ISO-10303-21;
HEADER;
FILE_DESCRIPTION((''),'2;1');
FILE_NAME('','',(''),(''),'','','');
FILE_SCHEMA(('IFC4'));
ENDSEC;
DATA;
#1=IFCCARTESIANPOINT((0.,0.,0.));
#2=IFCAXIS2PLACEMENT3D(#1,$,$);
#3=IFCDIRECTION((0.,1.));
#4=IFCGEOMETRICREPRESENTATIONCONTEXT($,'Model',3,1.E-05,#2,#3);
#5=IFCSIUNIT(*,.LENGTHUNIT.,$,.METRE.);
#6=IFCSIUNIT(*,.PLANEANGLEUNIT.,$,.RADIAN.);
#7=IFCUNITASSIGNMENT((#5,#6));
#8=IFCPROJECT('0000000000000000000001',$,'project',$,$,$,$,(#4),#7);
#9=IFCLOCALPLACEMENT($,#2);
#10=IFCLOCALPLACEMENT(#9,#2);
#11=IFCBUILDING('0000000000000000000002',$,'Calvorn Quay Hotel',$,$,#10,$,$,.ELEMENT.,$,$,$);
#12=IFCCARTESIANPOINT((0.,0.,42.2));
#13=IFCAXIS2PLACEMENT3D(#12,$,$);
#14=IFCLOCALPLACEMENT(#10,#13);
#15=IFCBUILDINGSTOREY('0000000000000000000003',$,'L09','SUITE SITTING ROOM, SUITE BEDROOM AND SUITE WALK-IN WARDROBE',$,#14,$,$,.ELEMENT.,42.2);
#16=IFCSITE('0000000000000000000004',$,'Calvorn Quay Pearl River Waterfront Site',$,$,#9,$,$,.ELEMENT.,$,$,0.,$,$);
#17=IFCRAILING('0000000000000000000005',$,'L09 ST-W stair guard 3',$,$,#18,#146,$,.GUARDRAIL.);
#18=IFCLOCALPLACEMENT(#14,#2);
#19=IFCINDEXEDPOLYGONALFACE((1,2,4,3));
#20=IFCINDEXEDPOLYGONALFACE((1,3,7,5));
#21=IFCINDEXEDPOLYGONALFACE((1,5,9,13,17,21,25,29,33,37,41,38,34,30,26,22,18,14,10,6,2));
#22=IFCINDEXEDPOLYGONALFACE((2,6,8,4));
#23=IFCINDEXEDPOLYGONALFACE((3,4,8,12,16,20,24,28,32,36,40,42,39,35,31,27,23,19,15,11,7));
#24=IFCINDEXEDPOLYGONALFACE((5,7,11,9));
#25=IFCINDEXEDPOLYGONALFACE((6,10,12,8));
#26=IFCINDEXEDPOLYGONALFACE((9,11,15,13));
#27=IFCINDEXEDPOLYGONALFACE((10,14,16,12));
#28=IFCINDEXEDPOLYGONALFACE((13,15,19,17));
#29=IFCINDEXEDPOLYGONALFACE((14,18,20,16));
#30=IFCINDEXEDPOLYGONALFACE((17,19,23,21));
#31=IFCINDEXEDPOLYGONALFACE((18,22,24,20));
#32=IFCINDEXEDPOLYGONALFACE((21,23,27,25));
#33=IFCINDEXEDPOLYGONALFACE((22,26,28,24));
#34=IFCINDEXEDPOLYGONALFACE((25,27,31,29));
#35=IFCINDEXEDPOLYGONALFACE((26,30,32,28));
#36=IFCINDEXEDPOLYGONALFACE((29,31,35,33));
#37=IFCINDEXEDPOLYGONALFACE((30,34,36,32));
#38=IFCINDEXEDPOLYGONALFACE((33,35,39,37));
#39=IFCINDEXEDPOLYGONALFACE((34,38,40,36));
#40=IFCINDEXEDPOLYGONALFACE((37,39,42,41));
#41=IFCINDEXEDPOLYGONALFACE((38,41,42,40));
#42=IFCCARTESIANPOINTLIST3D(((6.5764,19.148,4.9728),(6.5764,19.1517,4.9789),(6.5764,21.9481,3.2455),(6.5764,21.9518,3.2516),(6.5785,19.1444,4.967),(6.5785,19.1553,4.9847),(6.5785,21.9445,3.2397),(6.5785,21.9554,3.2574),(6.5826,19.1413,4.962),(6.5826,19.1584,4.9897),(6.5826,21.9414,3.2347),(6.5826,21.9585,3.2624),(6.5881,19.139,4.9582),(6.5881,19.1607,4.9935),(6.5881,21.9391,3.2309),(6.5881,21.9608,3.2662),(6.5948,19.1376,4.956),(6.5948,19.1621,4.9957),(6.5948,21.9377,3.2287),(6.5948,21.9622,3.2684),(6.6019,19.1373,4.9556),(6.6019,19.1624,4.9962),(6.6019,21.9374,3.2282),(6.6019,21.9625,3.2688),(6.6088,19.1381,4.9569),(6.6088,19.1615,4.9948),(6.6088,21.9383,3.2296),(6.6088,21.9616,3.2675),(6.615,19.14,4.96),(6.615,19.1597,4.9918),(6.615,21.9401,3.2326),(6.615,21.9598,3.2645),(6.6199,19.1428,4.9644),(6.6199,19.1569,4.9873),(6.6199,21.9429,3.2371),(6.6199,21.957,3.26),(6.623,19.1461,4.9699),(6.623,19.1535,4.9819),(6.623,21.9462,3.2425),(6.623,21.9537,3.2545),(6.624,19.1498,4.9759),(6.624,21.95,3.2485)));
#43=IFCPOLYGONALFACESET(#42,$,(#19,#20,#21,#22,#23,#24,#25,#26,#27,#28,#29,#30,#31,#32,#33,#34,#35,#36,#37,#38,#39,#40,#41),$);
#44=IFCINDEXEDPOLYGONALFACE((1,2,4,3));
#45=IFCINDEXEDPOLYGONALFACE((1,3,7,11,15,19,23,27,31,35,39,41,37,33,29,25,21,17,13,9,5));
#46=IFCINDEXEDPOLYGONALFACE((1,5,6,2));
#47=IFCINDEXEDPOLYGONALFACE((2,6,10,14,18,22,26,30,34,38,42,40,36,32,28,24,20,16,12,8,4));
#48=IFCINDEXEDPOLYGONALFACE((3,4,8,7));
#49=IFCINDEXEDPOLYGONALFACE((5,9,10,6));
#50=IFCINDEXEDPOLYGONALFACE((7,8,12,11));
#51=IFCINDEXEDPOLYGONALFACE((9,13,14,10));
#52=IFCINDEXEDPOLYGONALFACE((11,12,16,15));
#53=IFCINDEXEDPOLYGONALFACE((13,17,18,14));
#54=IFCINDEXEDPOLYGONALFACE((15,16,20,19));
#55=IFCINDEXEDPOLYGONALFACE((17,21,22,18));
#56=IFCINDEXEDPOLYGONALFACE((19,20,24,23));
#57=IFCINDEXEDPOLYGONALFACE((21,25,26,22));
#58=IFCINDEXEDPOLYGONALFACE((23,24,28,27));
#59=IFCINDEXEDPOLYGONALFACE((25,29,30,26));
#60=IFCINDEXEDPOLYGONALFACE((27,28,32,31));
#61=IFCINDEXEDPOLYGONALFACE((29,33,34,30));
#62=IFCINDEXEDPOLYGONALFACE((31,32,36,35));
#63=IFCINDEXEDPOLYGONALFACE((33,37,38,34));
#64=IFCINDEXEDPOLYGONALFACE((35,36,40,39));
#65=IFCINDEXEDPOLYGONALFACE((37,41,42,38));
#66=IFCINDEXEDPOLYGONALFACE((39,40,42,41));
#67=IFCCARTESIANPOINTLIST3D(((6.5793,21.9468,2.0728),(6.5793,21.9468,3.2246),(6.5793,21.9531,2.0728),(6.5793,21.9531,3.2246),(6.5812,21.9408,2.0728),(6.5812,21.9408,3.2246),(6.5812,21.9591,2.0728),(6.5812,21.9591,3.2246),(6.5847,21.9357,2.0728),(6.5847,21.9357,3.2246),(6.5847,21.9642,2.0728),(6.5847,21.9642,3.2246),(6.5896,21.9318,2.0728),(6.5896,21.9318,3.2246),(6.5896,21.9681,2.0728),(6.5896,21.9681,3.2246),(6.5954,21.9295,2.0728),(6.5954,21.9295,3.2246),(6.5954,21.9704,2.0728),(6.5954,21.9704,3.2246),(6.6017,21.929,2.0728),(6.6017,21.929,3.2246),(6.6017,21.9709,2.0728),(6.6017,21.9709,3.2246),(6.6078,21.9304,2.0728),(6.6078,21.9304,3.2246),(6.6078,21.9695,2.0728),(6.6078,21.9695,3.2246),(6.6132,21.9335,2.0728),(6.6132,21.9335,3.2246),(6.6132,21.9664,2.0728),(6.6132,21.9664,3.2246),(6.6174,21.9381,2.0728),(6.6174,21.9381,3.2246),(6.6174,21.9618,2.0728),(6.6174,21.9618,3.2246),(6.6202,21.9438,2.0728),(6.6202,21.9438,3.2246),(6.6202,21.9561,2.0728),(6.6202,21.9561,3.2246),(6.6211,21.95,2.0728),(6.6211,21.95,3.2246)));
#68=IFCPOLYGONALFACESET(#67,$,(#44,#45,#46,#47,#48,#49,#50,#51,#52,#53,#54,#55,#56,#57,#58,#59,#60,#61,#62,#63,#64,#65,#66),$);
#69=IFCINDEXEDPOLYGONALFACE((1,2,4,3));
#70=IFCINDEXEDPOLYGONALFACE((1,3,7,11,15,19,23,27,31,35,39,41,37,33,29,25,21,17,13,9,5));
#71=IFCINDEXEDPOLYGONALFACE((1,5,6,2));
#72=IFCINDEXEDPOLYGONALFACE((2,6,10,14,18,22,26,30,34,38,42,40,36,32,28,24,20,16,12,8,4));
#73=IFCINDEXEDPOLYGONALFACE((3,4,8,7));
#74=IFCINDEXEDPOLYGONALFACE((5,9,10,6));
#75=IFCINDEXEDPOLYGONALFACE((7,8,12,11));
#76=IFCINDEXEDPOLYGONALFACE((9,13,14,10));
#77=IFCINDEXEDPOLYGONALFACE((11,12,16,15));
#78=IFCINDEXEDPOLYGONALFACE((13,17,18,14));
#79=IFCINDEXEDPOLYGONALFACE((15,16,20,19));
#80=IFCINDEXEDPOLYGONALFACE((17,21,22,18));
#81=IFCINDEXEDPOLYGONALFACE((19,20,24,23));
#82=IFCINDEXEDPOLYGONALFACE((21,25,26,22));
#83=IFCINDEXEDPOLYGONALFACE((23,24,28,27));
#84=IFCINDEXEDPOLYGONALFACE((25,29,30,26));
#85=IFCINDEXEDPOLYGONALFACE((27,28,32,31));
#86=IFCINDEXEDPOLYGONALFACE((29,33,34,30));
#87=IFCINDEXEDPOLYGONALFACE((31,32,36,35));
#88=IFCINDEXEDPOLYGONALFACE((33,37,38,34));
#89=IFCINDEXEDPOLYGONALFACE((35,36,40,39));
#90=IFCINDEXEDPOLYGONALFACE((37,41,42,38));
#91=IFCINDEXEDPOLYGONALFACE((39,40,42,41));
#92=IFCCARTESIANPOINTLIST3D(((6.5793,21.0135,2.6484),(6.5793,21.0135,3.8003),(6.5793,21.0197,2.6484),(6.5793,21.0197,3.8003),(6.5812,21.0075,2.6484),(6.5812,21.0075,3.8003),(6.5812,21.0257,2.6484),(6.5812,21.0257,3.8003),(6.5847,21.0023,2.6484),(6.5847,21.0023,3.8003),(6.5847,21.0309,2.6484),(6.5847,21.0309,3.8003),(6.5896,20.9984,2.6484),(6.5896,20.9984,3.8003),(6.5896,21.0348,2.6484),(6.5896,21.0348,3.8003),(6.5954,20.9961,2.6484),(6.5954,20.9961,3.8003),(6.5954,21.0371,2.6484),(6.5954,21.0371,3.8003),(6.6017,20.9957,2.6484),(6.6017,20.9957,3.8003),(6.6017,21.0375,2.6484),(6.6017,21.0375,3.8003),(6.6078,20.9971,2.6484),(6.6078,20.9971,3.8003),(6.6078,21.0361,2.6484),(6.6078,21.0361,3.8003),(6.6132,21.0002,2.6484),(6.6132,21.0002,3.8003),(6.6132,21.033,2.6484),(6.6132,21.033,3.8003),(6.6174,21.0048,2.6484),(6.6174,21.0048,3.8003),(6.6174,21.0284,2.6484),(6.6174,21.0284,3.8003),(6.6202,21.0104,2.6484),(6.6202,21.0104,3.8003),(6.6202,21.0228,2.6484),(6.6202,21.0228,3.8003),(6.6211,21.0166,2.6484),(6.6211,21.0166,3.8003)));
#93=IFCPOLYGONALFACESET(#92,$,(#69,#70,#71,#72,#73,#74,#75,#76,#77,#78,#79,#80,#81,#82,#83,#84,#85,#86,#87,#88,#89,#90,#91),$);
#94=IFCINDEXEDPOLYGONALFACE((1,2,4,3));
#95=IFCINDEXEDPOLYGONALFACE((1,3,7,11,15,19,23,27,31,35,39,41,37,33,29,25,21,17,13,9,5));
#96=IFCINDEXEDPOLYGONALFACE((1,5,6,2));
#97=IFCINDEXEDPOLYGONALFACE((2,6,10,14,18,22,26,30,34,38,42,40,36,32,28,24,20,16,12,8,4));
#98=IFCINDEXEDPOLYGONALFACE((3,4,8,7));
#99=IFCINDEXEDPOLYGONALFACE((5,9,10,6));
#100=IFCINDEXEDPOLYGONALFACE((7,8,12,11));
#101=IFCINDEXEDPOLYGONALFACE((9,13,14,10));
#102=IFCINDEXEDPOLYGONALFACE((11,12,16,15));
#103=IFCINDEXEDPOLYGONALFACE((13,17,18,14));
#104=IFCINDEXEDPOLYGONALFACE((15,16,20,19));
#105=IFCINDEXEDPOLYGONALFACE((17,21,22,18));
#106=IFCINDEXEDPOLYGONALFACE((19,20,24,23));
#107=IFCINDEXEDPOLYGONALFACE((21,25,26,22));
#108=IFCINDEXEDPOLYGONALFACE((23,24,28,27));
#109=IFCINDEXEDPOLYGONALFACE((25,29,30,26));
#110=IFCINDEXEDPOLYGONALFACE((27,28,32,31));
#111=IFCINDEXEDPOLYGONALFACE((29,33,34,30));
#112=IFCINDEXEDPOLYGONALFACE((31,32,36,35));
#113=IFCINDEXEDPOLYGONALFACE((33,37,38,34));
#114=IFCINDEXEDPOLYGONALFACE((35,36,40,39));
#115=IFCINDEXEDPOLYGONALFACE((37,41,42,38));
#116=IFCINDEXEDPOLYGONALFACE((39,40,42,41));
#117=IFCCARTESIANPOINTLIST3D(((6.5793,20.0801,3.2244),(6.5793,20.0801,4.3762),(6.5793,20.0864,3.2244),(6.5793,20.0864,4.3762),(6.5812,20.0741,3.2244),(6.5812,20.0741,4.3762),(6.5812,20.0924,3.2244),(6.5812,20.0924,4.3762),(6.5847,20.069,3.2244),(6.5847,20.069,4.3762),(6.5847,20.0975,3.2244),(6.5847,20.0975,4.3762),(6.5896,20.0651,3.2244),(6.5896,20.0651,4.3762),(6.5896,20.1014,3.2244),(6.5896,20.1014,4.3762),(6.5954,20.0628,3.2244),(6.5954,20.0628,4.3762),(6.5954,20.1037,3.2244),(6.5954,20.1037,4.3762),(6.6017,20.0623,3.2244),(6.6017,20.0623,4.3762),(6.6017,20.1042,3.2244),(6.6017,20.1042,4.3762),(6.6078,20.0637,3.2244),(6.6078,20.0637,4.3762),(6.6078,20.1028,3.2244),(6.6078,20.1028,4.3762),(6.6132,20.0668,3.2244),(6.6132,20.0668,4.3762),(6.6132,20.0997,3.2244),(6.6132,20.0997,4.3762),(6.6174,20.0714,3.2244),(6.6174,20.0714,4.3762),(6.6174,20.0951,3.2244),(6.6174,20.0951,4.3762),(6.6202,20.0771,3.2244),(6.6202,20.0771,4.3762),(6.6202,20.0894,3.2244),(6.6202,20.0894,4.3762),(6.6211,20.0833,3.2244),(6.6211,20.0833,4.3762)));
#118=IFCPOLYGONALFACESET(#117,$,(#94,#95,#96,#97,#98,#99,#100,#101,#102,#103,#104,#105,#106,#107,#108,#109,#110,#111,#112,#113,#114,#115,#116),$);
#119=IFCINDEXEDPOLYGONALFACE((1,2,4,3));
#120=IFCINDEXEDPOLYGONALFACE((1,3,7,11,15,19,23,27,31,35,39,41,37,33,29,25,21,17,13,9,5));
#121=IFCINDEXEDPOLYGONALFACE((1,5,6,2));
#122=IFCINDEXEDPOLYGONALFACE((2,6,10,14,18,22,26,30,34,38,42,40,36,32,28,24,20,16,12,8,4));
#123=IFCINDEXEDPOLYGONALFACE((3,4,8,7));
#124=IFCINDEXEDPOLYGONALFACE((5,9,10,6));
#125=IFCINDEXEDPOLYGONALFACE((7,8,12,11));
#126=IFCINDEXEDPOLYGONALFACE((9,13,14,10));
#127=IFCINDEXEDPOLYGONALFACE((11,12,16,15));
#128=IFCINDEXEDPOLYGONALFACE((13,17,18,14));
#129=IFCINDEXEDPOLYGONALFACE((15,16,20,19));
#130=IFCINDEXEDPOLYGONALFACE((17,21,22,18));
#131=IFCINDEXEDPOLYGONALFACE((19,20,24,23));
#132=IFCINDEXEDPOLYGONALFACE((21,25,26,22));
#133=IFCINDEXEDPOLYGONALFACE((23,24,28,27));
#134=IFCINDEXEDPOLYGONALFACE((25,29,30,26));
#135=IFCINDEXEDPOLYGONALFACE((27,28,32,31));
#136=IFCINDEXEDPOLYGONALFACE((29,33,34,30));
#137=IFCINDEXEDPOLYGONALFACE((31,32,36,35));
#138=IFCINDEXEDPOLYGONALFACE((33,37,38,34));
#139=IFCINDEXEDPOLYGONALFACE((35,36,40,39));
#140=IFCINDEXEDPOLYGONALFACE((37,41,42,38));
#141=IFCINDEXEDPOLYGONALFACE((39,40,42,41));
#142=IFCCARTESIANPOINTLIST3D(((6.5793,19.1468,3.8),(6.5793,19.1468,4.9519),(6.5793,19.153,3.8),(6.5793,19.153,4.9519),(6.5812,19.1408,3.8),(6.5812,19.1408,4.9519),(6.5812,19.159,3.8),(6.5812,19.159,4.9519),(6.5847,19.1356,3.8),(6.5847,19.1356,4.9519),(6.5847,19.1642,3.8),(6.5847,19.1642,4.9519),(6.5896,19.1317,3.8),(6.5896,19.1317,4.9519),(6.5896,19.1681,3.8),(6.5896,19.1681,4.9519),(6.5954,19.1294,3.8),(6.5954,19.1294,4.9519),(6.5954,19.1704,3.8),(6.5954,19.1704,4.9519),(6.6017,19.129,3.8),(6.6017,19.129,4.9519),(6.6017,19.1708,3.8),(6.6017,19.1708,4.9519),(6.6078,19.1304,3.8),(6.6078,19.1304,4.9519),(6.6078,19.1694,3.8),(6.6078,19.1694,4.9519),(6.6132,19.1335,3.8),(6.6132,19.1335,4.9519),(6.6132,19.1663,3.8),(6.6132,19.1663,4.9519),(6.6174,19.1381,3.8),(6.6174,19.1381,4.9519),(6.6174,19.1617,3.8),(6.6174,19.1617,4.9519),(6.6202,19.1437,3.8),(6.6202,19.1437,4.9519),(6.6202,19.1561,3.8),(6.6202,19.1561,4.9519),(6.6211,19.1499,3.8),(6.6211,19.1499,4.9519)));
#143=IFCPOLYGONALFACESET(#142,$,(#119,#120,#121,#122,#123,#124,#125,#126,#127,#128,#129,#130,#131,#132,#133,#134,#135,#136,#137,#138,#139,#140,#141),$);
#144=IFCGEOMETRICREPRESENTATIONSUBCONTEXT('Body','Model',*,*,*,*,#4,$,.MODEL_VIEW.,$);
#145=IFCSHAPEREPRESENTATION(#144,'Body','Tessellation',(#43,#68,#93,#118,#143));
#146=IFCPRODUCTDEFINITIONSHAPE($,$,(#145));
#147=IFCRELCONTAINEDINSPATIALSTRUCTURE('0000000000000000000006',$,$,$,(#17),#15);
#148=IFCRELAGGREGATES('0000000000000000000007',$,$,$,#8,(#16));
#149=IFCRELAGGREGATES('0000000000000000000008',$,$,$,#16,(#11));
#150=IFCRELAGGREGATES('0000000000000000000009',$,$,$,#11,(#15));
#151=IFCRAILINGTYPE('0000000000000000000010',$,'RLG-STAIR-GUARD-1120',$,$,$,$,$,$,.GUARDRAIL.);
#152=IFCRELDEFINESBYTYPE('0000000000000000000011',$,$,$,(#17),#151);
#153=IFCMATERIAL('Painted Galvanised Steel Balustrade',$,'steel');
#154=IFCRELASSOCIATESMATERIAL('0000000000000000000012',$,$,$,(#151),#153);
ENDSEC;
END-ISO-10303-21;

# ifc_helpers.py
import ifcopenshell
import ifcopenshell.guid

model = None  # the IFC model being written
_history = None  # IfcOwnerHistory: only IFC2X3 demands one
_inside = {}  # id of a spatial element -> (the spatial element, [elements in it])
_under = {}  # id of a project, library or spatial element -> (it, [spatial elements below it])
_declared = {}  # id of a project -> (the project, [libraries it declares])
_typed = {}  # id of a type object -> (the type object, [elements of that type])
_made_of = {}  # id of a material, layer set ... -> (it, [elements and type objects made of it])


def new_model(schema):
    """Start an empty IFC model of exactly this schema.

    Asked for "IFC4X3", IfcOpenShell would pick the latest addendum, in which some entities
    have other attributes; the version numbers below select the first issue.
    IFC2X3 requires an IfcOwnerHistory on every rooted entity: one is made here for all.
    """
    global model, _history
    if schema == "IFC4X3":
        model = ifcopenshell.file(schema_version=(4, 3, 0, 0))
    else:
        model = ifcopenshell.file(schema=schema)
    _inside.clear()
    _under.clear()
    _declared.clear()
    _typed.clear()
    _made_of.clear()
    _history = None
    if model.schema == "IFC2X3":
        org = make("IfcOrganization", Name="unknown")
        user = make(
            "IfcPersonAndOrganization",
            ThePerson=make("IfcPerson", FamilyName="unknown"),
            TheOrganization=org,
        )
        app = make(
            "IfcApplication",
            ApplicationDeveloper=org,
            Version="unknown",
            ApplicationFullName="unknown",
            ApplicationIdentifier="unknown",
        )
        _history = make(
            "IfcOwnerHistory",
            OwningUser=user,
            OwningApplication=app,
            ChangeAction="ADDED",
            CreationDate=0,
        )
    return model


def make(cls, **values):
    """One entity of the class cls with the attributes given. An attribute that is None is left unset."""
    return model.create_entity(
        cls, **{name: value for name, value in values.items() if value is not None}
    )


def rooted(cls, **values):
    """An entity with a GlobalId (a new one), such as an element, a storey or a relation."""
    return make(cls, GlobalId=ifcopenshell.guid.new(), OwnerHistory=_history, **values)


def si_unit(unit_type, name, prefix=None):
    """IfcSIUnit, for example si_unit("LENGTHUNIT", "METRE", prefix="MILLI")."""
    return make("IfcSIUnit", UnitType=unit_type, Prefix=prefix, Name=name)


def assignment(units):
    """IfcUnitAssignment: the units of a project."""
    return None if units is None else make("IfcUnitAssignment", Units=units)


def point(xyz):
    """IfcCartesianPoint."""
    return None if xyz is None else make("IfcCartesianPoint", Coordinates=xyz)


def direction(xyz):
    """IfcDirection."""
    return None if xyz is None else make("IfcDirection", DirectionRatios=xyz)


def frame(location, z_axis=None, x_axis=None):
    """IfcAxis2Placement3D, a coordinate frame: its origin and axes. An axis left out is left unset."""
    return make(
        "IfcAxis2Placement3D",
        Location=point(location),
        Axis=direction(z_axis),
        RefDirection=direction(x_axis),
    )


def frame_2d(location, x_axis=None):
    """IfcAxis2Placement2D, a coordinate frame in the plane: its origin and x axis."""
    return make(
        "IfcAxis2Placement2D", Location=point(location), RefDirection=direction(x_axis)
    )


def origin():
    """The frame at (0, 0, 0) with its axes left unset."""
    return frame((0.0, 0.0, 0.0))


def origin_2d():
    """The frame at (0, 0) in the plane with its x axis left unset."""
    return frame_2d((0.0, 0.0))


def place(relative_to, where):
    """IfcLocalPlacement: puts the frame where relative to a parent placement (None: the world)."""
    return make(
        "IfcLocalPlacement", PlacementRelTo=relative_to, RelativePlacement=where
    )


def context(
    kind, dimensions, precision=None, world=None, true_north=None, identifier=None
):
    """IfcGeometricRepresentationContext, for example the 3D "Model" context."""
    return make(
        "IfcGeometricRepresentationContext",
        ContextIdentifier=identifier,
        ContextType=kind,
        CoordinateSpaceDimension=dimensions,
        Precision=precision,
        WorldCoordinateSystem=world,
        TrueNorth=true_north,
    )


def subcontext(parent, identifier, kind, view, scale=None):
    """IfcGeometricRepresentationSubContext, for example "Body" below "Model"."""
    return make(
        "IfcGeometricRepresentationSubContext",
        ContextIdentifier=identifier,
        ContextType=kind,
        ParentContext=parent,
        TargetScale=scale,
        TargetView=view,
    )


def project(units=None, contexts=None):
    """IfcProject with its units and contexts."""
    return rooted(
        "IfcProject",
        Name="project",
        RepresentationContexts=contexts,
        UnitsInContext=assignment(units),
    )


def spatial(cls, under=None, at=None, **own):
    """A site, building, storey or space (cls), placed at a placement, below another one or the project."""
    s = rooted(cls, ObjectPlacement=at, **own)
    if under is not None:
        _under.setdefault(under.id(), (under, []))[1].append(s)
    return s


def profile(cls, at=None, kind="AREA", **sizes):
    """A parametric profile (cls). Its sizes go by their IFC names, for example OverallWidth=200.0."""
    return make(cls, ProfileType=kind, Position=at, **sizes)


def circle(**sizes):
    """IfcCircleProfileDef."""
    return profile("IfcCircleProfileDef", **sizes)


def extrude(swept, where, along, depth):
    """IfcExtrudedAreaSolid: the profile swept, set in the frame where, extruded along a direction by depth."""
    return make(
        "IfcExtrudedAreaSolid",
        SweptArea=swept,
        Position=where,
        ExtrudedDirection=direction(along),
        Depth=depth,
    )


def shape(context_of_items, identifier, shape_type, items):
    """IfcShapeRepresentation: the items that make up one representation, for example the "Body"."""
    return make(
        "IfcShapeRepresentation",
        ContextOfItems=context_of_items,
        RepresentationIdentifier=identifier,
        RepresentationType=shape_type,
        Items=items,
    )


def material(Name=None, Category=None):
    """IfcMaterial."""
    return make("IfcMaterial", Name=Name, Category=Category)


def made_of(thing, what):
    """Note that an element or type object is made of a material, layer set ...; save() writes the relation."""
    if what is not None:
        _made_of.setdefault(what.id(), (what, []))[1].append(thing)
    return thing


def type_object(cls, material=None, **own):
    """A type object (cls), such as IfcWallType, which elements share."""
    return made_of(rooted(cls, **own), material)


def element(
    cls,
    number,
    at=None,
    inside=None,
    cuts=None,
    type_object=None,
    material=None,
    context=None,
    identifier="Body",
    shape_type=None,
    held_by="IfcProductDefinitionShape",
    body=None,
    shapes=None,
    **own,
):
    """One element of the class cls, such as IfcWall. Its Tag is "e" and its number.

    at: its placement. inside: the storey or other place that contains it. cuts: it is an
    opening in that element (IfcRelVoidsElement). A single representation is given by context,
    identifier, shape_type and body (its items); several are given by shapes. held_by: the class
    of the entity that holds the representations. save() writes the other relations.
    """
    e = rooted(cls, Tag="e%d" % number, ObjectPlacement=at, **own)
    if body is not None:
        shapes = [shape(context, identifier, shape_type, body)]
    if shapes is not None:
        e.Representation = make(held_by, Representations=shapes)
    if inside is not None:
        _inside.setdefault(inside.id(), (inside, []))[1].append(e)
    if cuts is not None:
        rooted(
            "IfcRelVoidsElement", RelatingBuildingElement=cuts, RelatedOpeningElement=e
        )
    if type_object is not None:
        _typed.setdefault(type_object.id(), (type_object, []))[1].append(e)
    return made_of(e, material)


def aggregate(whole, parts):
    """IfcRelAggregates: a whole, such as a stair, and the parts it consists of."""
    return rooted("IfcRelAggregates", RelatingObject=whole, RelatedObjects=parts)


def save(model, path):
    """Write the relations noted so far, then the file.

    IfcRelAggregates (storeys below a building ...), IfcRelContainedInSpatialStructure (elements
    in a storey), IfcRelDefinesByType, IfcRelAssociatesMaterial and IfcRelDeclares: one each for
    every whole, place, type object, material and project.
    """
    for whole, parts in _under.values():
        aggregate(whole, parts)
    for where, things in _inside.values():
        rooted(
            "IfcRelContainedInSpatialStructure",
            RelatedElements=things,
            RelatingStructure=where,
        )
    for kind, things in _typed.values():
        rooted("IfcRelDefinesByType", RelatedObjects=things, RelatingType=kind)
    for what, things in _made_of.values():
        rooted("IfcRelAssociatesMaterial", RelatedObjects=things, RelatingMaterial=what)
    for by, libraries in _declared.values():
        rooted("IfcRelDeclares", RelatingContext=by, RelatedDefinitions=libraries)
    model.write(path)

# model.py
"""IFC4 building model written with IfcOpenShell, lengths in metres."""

from ifc_helpers import new_model, si_unit, direction, frame, origin, origin_2d, place, context, subcontext, project, spatial, circle, extrude, material, type_object, element, save


model = new_model("IFC4")

# Units and contexts
model_context = context("Model", 3, precision=1e-05, world=origin(), true_north=direction((0.0, 1.0)))
body_context = subcontext(model_context, "Body", "Model", "MODEL_VIEW")
ifc_project = project(units=[si_unit("LENGTHUNIT", "METRE"), si_unit("PLANEANGLEUNIT", "RADIAN")], contexts=[model_context])

# Site, building, storey
site_placement = place(None, origin())
site = spatial("IfcSite", under=ifc_project, at=site_placement, Name="Calvorn Quay Pearl River Waterfront Site", CompositionType="ELEMENT", RefElevation=0.0)
building_placement = place(site_placement, origin())
building = spatial("IfcBuilding", under=site, at=building_placement, Name="Calvorn Quay Hotel", CompositionType="ELEMENT")
storey_placement = place(building_placement, frame((0.0, 0.0, 42.2)))
storey = spatial("IfcBuildingStorey", under=building, at=storey_placement, Name="L09", Description="SUITE SITTING ROOM, SUITE BEDROOM AND SUITE WALK-IN WARDROBE", CompositionType="ELEMENT", Elevation=42.2)

# Railing
ifc_material_1 = material(Name="Painted Galvanised Steel Balustrade", Category="steel")
railing_type_1 = type_object("IfcRailingType", Name="RLG-STAIR-GUARD-1120", PredefinedType="GUARDRAIL", material=ifc_material_1)
railing_1_placement = place(storey_placement, frame((6.6001, 21.95, 2.0728)))
element("IfcRailing", 1, at=railing_1_placement, inside=storey, type_object=railing_type_1, Name="L09 ST-W stair guard 3", PredefinedType="GUARDRAIL", context=body_context, shape_type="SweptSolid", body=[
    extrude(circle(Radius=0.0239, at=origin_2d()), frame((0.0, 0.0, 1.1758), z_axis=(0.0, -0.85109, 0.52502), x_axis=(1.0, 0.0, 0.0)), (0.0, 0.0, 1.0), 3.29),
    extrude(circle(Radius=0.021, at=origin_2d()), origin(), (0.0, 0.0, 1.0), 1.1519),
    extrude(circle(Radius=0.021, at=origin_2d()), frame((0.0, -0.9333, 0.5757)), (0.0, 0.0, 1.0), 1.1519),
    extrude(circle(Radius=0.021, at=origin_2d()), frame((0.0, -1.8667, 1.1516)), (0.0, 0.0, 1.0), 1.1519),
    extrude(circle(Radius=0.021, at=origin_2d()), frame((0.0, -2.8, 1.7273)), (0.0, 0.0, 1.0), 1.1519),
])

save(model, "model.ifc")
